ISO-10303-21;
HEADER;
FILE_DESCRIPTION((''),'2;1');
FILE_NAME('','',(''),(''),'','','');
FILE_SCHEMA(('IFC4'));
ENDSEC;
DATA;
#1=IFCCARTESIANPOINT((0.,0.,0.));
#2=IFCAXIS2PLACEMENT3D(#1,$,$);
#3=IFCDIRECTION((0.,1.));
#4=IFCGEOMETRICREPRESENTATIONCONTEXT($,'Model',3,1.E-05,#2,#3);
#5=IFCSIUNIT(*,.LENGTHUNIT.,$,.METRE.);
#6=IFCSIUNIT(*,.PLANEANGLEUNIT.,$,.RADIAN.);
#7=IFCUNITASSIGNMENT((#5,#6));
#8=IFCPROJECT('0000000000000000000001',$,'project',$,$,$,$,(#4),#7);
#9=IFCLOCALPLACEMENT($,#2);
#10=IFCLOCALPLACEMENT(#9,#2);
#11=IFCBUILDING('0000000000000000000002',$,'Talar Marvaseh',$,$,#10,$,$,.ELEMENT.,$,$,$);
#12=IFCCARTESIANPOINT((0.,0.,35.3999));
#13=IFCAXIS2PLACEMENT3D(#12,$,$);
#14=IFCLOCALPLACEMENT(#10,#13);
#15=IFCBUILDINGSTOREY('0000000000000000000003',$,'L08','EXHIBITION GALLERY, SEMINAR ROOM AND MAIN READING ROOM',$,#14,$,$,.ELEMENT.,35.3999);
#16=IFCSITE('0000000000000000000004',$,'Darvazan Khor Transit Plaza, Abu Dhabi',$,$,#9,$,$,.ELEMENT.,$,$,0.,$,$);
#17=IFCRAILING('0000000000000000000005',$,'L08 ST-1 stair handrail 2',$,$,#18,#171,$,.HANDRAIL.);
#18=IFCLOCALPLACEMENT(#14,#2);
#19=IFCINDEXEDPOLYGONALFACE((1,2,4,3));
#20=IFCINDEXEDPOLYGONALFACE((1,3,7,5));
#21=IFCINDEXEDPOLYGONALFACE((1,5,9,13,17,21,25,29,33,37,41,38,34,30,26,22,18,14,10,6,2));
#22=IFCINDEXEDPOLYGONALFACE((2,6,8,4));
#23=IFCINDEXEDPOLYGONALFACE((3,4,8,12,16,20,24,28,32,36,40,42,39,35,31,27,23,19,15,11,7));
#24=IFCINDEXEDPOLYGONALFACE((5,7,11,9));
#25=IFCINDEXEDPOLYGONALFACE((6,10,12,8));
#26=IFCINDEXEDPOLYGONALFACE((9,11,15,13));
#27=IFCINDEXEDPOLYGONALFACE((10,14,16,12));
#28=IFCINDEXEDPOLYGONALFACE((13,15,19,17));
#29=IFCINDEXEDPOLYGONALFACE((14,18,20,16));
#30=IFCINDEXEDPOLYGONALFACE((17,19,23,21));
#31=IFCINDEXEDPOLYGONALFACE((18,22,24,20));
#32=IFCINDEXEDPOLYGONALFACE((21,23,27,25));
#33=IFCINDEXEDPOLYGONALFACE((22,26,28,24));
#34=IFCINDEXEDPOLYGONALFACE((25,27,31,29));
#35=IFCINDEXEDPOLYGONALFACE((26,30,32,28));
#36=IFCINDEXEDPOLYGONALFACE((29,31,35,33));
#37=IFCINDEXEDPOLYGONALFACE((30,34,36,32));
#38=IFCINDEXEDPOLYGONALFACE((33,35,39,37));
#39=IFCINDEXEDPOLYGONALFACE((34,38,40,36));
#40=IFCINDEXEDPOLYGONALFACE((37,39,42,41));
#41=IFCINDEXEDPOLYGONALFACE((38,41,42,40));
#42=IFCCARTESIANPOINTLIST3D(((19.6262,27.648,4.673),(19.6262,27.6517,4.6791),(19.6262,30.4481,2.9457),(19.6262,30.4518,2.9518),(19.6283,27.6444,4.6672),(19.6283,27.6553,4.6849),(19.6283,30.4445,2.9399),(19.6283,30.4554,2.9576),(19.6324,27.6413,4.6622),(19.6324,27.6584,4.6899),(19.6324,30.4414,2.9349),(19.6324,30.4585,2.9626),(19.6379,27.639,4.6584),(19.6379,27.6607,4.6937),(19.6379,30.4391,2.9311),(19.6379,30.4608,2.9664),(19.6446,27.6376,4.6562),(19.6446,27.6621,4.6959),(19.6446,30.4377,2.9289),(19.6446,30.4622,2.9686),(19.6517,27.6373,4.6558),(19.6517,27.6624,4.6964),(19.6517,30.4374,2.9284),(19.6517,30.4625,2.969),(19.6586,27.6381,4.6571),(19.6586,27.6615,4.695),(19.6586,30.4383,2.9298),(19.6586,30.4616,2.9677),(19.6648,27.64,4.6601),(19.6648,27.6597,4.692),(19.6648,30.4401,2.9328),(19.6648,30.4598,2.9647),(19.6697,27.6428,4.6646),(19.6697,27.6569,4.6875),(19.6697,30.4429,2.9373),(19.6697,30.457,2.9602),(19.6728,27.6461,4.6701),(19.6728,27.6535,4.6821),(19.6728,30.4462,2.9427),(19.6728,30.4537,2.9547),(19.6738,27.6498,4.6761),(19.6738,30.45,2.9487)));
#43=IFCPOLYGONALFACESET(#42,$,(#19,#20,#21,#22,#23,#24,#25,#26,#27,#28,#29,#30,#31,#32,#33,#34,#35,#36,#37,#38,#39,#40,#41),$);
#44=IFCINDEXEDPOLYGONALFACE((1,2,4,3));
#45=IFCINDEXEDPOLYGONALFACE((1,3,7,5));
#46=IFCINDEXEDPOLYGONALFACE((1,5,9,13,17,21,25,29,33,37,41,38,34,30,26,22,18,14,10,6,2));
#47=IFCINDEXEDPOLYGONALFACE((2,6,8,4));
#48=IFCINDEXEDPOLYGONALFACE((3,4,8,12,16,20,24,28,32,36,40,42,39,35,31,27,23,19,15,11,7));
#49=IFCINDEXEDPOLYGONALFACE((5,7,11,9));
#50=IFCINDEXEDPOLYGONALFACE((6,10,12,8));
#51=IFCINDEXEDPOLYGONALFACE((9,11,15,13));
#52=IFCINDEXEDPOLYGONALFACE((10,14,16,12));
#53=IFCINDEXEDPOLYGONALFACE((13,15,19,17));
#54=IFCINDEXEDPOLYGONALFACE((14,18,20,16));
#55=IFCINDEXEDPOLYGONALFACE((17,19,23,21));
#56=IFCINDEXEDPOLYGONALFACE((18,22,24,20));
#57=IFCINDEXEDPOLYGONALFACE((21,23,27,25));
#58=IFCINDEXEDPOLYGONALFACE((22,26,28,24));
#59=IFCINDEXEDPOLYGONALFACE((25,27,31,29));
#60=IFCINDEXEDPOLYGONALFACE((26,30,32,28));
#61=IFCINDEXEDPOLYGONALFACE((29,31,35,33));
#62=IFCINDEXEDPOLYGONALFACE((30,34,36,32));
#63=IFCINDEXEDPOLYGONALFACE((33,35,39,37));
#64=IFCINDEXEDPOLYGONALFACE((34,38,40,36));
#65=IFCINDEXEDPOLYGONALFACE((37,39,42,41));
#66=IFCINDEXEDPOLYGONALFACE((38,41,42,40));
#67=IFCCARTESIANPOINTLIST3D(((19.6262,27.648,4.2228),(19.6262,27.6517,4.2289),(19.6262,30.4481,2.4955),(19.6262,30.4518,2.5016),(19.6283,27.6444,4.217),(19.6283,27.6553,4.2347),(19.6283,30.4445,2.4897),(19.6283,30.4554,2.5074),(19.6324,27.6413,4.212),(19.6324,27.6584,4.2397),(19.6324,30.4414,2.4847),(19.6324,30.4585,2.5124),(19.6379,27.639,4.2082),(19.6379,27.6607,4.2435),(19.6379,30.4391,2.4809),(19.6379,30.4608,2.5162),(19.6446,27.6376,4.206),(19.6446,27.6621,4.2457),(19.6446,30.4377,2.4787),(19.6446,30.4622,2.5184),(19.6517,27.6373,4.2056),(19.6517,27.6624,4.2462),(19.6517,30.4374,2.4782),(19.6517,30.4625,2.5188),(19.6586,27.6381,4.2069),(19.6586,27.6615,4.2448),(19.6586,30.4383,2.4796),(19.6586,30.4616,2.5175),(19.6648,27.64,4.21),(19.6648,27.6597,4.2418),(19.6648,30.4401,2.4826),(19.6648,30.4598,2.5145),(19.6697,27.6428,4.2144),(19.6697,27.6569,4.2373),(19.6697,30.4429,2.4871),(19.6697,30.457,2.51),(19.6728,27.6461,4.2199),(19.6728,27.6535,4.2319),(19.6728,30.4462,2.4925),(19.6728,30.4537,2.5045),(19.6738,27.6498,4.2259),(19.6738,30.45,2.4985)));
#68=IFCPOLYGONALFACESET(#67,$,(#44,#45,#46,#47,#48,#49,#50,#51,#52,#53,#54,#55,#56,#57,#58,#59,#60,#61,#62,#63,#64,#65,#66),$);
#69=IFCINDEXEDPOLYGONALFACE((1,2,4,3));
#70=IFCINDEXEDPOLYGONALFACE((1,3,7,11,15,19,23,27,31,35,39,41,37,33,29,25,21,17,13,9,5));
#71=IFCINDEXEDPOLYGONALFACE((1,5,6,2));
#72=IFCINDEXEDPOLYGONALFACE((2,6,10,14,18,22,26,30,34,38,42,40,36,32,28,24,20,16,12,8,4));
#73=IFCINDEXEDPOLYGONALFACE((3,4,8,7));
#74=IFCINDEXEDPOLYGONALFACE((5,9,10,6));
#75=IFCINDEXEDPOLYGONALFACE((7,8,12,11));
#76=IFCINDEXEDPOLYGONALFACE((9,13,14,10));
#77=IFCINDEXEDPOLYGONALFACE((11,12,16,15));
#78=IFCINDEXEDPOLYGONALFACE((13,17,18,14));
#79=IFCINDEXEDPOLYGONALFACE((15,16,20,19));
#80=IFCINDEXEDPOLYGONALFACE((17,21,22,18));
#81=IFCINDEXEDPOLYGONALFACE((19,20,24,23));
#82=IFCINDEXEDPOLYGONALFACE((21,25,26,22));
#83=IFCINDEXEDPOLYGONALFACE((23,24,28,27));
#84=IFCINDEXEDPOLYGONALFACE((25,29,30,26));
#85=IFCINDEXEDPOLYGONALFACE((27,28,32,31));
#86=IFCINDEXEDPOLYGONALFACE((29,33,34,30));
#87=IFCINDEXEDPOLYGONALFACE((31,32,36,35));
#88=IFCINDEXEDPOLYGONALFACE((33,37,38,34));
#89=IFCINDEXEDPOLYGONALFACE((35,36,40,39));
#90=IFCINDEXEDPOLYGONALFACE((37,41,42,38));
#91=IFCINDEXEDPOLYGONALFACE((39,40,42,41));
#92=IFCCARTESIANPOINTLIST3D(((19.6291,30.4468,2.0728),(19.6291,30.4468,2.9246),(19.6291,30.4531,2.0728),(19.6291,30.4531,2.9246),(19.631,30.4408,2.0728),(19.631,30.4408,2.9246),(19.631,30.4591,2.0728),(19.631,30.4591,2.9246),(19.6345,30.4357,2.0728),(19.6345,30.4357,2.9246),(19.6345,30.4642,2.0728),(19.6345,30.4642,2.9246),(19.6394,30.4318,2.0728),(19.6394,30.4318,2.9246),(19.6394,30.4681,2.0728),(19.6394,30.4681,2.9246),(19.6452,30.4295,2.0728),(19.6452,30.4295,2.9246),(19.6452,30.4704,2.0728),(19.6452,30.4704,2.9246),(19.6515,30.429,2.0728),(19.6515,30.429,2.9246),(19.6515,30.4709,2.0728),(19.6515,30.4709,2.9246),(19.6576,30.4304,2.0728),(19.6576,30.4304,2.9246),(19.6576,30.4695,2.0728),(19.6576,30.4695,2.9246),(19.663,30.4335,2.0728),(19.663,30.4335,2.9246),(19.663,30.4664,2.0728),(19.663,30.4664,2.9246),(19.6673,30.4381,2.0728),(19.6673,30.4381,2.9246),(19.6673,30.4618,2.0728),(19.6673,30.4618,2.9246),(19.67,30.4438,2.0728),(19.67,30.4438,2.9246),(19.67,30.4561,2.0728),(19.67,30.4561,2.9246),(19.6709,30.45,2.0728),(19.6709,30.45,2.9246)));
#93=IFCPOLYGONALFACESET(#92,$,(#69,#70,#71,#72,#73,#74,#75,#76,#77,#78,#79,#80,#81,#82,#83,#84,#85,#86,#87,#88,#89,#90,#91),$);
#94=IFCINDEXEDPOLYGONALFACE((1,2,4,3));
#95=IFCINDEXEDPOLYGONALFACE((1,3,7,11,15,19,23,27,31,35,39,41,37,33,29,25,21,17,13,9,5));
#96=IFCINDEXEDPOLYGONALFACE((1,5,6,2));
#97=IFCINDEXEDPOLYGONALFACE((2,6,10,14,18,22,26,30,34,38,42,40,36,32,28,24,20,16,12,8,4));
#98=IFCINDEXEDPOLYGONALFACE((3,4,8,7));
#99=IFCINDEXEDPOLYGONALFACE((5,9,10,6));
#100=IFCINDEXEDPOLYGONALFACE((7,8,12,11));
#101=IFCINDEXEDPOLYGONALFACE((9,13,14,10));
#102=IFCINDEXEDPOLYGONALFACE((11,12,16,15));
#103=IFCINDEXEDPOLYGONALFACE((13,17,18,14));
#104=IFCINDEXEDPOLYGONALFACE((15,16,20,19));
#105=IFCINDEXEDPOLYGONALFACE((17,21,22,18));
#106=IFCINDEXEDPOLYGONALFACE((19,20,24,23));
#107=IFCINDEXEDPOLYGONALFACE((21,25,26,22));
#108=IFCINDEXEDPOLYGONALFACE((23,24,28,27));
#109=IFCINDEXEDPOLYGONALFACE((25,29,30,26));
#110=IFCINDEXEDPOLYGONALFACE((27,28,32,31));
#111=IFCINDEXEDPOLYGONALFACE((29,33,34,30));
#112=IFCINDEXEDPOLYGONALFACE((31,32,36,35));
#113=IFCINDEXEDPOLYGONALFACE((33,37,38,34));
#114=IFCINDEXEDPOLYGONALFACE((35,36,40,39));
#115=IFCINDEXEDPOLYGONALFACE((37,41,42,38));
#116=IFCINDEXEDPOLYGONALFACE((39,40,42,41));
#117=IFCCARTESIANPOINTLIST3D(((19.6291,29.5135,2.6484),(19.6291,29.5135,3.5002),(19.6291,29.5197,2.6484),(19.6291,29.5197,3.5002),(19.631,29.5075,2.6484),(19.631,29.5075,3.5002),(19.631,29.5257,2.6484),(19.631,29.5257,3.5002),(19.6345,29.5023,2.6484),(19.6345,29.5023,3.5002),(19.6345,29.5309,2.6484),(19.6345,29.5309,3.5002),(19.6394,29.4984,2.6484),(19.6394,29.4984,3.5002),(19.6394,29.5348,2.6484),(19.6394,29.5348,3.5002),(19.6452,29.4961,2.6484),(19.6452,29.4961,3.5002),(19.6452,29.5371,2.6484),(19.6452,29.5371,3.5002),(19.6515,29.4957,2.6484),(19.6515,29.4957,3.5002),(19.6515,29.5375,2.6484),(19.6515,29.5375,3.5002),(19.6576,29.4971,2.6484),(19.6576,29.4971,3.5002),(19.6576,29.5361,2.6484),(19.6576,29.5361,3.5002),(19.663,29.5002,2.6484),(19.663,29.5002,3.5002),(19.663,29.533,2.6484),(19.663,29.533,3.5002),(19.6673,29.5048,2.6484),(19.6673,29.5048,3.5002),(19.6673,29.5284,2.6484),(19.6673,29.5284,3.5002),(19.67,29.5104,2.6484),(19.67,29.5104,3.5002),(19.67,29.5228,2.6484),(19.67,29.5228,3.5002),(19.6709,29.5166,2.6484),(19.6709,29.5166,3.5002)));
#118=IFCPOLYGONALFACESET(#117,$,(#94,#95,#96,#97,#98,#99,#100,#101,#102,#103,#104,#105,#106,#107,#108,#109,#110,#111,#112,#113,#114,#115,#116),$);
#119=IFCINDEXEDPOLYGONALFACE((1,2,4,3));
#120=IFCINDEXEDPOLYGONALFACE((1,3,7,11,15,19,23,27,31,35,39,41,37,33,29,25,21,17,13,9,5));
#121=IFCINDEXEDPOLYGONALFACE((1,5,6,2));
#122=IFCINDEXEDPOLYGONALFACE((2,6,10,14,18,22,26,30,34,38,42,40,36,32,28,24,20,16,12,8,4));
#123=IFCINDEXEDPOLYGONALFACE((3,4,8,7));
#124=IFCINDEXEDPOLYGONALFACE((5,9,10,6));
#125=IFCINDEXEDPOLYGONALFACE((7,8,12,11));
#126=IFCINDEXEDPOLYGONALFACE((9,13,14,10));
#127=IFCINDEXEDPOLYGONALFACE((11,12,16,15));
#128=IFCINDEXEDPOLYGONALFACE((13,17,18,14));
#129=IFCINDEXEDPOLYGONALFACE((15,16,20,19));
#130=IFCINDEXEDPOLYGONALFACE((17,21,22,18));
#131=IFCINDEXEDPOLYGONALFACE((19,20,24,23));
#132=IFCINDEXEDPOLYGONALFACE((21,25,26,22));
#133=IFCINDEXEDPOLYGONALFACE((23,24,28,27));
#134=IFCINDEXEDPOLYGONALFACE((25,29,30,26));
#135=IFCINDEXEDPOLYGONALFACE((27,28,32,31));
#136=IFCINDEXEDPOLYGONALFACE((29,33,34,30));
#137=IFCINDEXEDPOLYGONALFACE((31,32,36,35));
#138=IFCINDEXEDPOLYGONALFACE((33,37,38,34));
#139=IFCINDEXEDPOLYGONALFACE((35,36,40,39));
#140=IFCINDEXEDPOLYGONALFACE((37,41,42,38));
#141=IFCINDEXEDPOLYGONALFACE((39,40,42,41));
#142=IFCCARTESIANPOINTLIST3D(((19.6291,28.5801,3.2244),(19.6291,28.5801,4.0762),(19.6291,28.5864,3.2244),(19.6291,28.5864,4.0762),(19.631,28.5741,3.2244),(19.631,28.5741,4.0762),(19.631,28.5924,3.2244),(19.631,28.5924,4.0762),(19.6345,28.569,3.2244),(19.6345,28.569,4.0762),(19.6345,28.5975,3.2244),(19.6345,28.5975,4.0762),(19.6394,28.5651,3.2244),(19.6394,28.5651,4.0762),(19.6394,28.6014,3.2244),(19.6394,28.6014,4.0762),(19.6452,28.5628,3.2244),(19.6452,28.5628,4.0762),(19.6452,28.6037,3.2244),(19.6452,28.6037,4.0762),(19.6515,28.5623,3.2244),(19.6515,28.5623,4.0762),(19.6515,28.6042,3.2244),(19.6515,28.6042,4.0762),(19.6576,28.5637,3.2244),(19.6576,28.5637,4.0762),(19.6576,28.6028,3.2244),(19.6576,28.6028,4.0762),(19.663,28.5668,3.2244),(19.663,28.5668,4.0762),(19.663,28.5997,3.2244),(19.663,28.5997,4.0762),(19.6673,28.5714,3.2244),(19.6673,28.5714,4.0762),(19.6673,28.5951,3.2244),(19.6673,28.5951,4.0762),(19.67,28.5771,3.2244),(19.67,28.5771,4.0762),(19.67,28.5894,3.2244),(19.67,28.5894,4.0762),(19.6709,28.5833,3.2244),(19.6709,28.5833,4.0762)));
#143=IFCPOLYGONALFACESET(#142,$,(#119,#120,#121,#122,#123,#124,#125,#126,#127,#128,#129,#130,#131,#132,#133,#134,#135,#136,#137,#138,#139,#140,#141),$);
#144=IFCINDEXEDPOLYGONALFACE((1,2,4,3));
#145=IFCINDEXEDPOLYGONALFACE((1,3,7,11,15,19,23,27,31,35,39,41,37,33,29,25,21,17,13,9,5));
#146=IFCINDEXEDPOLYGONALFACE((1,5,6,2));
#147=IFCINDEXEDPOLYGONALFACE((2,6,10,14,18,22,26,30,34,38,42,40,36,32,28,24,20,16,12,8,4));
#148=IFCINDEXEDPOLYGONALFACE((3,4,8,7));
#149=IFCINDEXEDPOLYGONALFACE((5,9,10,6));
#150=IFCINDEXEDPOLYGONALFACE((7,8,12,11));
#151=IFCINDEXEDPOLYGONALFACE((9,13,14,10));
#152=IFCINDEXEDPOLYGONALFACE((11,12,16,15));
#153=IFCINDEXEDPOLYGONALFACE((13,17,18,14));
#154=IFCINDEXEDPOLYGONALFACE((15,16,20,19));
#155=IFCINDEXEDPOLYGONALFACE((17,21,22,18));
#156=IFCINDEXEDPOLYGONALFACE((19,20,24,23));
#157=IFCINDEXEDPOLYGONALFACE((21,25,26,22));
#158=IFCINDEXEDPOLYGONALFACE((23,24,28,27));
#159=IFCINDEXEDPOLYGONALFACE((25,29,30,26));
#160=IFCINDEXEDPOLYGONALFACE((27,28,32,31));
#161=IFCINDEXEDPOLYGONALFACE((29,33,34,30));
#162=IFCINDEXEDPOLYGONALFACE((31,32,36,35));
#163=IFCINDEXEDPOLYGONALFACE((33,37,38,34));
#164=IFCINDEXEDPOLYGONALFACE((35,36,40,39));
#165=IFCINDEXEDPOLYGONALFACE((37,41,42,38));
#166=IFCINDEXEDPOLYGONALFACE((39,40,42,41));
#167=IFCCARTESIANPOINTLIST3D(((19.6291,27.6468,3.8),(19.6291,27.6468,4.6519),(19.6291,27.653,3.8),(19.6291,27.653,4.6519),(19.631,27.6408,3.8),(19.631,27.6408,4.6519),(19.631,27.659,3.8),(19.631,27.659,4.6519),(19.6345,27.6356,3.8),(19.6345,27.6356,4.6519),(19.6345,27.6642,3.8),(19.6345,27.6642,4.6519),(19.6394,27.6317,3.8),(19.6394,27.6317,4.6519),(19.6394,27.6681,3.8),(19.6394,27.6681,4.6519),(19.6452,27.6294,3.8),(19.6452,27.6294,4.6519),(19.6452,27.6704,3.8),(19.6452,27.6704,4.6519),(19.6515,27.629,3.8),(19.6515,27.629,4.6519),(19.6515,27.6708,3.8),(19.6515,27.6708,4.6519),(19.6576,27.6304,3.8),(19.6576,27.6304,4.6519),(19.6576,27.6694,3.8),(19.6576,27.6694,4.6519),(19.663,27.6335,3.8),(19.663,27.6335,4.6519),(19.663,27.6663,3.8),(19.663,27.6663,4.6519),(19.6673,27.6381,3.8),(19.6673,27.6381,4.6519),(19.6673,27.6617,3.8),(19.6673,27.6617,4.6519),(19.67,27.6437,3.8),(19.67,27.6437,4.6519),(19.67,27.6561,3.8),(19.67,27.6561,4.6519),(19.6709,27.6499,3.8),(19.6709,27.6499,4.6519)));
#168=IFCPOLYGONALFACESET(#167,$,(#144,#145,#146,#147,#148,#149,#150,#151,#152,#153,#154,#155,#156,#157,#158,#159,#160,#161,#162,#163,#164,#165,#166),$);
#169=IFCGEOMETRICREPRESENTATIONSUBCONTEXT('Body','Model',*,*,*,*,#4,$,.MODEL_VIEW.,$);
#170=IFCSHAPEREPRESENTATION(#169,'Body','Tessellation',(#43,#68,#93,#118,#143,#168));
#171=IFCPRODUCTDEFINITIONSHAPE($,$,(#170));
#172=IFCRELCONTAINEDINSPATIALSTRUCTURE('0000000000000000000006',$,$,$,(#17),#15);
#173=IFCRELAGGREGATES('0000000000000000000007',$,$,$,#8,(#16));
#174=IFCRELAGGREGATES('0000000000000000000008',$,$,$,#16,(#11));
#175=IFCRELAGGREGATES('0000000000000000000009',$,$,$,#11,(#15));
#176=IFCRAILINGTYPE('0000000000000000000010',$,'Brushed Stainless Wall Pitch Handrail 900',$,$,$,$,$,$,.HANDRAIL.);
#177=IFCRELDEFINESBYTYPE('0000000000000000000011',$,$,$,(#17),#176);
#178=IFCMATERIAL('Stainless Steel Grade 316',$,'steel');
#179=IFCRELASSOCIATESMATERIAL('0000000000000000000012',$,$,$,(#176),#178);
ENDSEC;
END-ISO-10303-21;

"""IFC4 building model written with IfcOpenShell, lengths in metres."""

from ifc_helpers import new_model, si_unit, direction, frame, origin, origin_2d, place, context, subcontext, project, spatial, circle, extrude, material, type_object, element, save


model = new_model("IFC4")

# Units and contexts
model_context = context("Model", 3, precision=1e-05, world=origin(), true_north=direction((0.0, 1.0)))
body_context = subcontext(model_context, "Body", "Model", "MODEL_VIEW")
ifc_project = project(units=[si_unit("LENGTHUNIT", "METRE"), si_unit("PLANEANGLEUNIT", "RADIAN")], contexts=[model_context])

# Site, building, storey
site_placement = place(None, origin())
site = spatial("IfcSite", under=ifc_project, at=site_placement, Name="Darvazan Khor Transit Plaza, Abu Dhabi", CompositionType="ELEMENT", RefElevation=0.0)
building_placement = place(site_placement, origin())
building = spatial("IfcBuilding", under=site, at=building_placement, Name="Talar Marvaseh", CompositionType="ELEMENT")
storey_placement = place(building_placement, frame((0.0, 0.0, 35.3999)))
storey = spatial("IfcBuildingStorey", under=building, at=storey_placement, Name="L08", Description="EXHIBITION GALLERY, SEMINAR ROOM AND MAIN READING ROOM", CompositionType="ELEMENT", Elevation=35.3999)

# Railing
ifc_material_1 = material(Name="Stainless Steel Grade 316", Category="steel")
railing_type_1 = type_object("IfcRailingType", Name="Brushed Stainless Wall Pitch Handrail 900", PredefinedType="HANDRAIL", material=ifc_material_1)
railing_1_placement = place(storey_placement, frame((19.6499, 30.45, 2.0728)))
element("IfcRailing", 1, at=railing_1_placement, inside=storey, type_object=railing_type_1, Name="L08 ST-1 stair handrail 2", PredefinedType="HANDRAIL", context=body_context, shape_type="SweptSolid", body=[
    extrude(circle(Radius=0.0239, at=origin_2d()), frame((0.0, 0.0, 0.876), z_axis=(0.0, -0.85109, 0.52502), x_axis=(1.0, 0.0, 0.0)), (0.0, 0.0, 1.0), 3.29),
    extrude(circle(Radius=0.0239, at=origin_2d()), frame((0.0, 0.0, 0.4258), z_axis=(0.0, -0.85109, 0.52502), x_axis=(1.0, 0.0, 0.0)), (0.0, 0.0, 1.0), 3.29),
    extrude(circle(Radius=0.021, at=origin_2d()), origin(), (0.0, 0.0, 1.0), 0.8518),
    extrude(circle(Radius=0.021, at=origin_2d()), frame((0.0, -0.9333, 0.5757)), (0.0, 0.0, 1.0), 0.8518),
    extrude(circle(Radius=0.021, at=origin_2d()), frame((0.0, -1.8667, 1.1516)), (0.0, 0.0, 1.0), 0.8518),
    extrude(circle(Radius=0.021, at=origin_2d()), frame((0.0, -2.8, 1.7273)), (0.0, 0.0, 1.0), 0.8518),
])

save(model, "model.ifc")
